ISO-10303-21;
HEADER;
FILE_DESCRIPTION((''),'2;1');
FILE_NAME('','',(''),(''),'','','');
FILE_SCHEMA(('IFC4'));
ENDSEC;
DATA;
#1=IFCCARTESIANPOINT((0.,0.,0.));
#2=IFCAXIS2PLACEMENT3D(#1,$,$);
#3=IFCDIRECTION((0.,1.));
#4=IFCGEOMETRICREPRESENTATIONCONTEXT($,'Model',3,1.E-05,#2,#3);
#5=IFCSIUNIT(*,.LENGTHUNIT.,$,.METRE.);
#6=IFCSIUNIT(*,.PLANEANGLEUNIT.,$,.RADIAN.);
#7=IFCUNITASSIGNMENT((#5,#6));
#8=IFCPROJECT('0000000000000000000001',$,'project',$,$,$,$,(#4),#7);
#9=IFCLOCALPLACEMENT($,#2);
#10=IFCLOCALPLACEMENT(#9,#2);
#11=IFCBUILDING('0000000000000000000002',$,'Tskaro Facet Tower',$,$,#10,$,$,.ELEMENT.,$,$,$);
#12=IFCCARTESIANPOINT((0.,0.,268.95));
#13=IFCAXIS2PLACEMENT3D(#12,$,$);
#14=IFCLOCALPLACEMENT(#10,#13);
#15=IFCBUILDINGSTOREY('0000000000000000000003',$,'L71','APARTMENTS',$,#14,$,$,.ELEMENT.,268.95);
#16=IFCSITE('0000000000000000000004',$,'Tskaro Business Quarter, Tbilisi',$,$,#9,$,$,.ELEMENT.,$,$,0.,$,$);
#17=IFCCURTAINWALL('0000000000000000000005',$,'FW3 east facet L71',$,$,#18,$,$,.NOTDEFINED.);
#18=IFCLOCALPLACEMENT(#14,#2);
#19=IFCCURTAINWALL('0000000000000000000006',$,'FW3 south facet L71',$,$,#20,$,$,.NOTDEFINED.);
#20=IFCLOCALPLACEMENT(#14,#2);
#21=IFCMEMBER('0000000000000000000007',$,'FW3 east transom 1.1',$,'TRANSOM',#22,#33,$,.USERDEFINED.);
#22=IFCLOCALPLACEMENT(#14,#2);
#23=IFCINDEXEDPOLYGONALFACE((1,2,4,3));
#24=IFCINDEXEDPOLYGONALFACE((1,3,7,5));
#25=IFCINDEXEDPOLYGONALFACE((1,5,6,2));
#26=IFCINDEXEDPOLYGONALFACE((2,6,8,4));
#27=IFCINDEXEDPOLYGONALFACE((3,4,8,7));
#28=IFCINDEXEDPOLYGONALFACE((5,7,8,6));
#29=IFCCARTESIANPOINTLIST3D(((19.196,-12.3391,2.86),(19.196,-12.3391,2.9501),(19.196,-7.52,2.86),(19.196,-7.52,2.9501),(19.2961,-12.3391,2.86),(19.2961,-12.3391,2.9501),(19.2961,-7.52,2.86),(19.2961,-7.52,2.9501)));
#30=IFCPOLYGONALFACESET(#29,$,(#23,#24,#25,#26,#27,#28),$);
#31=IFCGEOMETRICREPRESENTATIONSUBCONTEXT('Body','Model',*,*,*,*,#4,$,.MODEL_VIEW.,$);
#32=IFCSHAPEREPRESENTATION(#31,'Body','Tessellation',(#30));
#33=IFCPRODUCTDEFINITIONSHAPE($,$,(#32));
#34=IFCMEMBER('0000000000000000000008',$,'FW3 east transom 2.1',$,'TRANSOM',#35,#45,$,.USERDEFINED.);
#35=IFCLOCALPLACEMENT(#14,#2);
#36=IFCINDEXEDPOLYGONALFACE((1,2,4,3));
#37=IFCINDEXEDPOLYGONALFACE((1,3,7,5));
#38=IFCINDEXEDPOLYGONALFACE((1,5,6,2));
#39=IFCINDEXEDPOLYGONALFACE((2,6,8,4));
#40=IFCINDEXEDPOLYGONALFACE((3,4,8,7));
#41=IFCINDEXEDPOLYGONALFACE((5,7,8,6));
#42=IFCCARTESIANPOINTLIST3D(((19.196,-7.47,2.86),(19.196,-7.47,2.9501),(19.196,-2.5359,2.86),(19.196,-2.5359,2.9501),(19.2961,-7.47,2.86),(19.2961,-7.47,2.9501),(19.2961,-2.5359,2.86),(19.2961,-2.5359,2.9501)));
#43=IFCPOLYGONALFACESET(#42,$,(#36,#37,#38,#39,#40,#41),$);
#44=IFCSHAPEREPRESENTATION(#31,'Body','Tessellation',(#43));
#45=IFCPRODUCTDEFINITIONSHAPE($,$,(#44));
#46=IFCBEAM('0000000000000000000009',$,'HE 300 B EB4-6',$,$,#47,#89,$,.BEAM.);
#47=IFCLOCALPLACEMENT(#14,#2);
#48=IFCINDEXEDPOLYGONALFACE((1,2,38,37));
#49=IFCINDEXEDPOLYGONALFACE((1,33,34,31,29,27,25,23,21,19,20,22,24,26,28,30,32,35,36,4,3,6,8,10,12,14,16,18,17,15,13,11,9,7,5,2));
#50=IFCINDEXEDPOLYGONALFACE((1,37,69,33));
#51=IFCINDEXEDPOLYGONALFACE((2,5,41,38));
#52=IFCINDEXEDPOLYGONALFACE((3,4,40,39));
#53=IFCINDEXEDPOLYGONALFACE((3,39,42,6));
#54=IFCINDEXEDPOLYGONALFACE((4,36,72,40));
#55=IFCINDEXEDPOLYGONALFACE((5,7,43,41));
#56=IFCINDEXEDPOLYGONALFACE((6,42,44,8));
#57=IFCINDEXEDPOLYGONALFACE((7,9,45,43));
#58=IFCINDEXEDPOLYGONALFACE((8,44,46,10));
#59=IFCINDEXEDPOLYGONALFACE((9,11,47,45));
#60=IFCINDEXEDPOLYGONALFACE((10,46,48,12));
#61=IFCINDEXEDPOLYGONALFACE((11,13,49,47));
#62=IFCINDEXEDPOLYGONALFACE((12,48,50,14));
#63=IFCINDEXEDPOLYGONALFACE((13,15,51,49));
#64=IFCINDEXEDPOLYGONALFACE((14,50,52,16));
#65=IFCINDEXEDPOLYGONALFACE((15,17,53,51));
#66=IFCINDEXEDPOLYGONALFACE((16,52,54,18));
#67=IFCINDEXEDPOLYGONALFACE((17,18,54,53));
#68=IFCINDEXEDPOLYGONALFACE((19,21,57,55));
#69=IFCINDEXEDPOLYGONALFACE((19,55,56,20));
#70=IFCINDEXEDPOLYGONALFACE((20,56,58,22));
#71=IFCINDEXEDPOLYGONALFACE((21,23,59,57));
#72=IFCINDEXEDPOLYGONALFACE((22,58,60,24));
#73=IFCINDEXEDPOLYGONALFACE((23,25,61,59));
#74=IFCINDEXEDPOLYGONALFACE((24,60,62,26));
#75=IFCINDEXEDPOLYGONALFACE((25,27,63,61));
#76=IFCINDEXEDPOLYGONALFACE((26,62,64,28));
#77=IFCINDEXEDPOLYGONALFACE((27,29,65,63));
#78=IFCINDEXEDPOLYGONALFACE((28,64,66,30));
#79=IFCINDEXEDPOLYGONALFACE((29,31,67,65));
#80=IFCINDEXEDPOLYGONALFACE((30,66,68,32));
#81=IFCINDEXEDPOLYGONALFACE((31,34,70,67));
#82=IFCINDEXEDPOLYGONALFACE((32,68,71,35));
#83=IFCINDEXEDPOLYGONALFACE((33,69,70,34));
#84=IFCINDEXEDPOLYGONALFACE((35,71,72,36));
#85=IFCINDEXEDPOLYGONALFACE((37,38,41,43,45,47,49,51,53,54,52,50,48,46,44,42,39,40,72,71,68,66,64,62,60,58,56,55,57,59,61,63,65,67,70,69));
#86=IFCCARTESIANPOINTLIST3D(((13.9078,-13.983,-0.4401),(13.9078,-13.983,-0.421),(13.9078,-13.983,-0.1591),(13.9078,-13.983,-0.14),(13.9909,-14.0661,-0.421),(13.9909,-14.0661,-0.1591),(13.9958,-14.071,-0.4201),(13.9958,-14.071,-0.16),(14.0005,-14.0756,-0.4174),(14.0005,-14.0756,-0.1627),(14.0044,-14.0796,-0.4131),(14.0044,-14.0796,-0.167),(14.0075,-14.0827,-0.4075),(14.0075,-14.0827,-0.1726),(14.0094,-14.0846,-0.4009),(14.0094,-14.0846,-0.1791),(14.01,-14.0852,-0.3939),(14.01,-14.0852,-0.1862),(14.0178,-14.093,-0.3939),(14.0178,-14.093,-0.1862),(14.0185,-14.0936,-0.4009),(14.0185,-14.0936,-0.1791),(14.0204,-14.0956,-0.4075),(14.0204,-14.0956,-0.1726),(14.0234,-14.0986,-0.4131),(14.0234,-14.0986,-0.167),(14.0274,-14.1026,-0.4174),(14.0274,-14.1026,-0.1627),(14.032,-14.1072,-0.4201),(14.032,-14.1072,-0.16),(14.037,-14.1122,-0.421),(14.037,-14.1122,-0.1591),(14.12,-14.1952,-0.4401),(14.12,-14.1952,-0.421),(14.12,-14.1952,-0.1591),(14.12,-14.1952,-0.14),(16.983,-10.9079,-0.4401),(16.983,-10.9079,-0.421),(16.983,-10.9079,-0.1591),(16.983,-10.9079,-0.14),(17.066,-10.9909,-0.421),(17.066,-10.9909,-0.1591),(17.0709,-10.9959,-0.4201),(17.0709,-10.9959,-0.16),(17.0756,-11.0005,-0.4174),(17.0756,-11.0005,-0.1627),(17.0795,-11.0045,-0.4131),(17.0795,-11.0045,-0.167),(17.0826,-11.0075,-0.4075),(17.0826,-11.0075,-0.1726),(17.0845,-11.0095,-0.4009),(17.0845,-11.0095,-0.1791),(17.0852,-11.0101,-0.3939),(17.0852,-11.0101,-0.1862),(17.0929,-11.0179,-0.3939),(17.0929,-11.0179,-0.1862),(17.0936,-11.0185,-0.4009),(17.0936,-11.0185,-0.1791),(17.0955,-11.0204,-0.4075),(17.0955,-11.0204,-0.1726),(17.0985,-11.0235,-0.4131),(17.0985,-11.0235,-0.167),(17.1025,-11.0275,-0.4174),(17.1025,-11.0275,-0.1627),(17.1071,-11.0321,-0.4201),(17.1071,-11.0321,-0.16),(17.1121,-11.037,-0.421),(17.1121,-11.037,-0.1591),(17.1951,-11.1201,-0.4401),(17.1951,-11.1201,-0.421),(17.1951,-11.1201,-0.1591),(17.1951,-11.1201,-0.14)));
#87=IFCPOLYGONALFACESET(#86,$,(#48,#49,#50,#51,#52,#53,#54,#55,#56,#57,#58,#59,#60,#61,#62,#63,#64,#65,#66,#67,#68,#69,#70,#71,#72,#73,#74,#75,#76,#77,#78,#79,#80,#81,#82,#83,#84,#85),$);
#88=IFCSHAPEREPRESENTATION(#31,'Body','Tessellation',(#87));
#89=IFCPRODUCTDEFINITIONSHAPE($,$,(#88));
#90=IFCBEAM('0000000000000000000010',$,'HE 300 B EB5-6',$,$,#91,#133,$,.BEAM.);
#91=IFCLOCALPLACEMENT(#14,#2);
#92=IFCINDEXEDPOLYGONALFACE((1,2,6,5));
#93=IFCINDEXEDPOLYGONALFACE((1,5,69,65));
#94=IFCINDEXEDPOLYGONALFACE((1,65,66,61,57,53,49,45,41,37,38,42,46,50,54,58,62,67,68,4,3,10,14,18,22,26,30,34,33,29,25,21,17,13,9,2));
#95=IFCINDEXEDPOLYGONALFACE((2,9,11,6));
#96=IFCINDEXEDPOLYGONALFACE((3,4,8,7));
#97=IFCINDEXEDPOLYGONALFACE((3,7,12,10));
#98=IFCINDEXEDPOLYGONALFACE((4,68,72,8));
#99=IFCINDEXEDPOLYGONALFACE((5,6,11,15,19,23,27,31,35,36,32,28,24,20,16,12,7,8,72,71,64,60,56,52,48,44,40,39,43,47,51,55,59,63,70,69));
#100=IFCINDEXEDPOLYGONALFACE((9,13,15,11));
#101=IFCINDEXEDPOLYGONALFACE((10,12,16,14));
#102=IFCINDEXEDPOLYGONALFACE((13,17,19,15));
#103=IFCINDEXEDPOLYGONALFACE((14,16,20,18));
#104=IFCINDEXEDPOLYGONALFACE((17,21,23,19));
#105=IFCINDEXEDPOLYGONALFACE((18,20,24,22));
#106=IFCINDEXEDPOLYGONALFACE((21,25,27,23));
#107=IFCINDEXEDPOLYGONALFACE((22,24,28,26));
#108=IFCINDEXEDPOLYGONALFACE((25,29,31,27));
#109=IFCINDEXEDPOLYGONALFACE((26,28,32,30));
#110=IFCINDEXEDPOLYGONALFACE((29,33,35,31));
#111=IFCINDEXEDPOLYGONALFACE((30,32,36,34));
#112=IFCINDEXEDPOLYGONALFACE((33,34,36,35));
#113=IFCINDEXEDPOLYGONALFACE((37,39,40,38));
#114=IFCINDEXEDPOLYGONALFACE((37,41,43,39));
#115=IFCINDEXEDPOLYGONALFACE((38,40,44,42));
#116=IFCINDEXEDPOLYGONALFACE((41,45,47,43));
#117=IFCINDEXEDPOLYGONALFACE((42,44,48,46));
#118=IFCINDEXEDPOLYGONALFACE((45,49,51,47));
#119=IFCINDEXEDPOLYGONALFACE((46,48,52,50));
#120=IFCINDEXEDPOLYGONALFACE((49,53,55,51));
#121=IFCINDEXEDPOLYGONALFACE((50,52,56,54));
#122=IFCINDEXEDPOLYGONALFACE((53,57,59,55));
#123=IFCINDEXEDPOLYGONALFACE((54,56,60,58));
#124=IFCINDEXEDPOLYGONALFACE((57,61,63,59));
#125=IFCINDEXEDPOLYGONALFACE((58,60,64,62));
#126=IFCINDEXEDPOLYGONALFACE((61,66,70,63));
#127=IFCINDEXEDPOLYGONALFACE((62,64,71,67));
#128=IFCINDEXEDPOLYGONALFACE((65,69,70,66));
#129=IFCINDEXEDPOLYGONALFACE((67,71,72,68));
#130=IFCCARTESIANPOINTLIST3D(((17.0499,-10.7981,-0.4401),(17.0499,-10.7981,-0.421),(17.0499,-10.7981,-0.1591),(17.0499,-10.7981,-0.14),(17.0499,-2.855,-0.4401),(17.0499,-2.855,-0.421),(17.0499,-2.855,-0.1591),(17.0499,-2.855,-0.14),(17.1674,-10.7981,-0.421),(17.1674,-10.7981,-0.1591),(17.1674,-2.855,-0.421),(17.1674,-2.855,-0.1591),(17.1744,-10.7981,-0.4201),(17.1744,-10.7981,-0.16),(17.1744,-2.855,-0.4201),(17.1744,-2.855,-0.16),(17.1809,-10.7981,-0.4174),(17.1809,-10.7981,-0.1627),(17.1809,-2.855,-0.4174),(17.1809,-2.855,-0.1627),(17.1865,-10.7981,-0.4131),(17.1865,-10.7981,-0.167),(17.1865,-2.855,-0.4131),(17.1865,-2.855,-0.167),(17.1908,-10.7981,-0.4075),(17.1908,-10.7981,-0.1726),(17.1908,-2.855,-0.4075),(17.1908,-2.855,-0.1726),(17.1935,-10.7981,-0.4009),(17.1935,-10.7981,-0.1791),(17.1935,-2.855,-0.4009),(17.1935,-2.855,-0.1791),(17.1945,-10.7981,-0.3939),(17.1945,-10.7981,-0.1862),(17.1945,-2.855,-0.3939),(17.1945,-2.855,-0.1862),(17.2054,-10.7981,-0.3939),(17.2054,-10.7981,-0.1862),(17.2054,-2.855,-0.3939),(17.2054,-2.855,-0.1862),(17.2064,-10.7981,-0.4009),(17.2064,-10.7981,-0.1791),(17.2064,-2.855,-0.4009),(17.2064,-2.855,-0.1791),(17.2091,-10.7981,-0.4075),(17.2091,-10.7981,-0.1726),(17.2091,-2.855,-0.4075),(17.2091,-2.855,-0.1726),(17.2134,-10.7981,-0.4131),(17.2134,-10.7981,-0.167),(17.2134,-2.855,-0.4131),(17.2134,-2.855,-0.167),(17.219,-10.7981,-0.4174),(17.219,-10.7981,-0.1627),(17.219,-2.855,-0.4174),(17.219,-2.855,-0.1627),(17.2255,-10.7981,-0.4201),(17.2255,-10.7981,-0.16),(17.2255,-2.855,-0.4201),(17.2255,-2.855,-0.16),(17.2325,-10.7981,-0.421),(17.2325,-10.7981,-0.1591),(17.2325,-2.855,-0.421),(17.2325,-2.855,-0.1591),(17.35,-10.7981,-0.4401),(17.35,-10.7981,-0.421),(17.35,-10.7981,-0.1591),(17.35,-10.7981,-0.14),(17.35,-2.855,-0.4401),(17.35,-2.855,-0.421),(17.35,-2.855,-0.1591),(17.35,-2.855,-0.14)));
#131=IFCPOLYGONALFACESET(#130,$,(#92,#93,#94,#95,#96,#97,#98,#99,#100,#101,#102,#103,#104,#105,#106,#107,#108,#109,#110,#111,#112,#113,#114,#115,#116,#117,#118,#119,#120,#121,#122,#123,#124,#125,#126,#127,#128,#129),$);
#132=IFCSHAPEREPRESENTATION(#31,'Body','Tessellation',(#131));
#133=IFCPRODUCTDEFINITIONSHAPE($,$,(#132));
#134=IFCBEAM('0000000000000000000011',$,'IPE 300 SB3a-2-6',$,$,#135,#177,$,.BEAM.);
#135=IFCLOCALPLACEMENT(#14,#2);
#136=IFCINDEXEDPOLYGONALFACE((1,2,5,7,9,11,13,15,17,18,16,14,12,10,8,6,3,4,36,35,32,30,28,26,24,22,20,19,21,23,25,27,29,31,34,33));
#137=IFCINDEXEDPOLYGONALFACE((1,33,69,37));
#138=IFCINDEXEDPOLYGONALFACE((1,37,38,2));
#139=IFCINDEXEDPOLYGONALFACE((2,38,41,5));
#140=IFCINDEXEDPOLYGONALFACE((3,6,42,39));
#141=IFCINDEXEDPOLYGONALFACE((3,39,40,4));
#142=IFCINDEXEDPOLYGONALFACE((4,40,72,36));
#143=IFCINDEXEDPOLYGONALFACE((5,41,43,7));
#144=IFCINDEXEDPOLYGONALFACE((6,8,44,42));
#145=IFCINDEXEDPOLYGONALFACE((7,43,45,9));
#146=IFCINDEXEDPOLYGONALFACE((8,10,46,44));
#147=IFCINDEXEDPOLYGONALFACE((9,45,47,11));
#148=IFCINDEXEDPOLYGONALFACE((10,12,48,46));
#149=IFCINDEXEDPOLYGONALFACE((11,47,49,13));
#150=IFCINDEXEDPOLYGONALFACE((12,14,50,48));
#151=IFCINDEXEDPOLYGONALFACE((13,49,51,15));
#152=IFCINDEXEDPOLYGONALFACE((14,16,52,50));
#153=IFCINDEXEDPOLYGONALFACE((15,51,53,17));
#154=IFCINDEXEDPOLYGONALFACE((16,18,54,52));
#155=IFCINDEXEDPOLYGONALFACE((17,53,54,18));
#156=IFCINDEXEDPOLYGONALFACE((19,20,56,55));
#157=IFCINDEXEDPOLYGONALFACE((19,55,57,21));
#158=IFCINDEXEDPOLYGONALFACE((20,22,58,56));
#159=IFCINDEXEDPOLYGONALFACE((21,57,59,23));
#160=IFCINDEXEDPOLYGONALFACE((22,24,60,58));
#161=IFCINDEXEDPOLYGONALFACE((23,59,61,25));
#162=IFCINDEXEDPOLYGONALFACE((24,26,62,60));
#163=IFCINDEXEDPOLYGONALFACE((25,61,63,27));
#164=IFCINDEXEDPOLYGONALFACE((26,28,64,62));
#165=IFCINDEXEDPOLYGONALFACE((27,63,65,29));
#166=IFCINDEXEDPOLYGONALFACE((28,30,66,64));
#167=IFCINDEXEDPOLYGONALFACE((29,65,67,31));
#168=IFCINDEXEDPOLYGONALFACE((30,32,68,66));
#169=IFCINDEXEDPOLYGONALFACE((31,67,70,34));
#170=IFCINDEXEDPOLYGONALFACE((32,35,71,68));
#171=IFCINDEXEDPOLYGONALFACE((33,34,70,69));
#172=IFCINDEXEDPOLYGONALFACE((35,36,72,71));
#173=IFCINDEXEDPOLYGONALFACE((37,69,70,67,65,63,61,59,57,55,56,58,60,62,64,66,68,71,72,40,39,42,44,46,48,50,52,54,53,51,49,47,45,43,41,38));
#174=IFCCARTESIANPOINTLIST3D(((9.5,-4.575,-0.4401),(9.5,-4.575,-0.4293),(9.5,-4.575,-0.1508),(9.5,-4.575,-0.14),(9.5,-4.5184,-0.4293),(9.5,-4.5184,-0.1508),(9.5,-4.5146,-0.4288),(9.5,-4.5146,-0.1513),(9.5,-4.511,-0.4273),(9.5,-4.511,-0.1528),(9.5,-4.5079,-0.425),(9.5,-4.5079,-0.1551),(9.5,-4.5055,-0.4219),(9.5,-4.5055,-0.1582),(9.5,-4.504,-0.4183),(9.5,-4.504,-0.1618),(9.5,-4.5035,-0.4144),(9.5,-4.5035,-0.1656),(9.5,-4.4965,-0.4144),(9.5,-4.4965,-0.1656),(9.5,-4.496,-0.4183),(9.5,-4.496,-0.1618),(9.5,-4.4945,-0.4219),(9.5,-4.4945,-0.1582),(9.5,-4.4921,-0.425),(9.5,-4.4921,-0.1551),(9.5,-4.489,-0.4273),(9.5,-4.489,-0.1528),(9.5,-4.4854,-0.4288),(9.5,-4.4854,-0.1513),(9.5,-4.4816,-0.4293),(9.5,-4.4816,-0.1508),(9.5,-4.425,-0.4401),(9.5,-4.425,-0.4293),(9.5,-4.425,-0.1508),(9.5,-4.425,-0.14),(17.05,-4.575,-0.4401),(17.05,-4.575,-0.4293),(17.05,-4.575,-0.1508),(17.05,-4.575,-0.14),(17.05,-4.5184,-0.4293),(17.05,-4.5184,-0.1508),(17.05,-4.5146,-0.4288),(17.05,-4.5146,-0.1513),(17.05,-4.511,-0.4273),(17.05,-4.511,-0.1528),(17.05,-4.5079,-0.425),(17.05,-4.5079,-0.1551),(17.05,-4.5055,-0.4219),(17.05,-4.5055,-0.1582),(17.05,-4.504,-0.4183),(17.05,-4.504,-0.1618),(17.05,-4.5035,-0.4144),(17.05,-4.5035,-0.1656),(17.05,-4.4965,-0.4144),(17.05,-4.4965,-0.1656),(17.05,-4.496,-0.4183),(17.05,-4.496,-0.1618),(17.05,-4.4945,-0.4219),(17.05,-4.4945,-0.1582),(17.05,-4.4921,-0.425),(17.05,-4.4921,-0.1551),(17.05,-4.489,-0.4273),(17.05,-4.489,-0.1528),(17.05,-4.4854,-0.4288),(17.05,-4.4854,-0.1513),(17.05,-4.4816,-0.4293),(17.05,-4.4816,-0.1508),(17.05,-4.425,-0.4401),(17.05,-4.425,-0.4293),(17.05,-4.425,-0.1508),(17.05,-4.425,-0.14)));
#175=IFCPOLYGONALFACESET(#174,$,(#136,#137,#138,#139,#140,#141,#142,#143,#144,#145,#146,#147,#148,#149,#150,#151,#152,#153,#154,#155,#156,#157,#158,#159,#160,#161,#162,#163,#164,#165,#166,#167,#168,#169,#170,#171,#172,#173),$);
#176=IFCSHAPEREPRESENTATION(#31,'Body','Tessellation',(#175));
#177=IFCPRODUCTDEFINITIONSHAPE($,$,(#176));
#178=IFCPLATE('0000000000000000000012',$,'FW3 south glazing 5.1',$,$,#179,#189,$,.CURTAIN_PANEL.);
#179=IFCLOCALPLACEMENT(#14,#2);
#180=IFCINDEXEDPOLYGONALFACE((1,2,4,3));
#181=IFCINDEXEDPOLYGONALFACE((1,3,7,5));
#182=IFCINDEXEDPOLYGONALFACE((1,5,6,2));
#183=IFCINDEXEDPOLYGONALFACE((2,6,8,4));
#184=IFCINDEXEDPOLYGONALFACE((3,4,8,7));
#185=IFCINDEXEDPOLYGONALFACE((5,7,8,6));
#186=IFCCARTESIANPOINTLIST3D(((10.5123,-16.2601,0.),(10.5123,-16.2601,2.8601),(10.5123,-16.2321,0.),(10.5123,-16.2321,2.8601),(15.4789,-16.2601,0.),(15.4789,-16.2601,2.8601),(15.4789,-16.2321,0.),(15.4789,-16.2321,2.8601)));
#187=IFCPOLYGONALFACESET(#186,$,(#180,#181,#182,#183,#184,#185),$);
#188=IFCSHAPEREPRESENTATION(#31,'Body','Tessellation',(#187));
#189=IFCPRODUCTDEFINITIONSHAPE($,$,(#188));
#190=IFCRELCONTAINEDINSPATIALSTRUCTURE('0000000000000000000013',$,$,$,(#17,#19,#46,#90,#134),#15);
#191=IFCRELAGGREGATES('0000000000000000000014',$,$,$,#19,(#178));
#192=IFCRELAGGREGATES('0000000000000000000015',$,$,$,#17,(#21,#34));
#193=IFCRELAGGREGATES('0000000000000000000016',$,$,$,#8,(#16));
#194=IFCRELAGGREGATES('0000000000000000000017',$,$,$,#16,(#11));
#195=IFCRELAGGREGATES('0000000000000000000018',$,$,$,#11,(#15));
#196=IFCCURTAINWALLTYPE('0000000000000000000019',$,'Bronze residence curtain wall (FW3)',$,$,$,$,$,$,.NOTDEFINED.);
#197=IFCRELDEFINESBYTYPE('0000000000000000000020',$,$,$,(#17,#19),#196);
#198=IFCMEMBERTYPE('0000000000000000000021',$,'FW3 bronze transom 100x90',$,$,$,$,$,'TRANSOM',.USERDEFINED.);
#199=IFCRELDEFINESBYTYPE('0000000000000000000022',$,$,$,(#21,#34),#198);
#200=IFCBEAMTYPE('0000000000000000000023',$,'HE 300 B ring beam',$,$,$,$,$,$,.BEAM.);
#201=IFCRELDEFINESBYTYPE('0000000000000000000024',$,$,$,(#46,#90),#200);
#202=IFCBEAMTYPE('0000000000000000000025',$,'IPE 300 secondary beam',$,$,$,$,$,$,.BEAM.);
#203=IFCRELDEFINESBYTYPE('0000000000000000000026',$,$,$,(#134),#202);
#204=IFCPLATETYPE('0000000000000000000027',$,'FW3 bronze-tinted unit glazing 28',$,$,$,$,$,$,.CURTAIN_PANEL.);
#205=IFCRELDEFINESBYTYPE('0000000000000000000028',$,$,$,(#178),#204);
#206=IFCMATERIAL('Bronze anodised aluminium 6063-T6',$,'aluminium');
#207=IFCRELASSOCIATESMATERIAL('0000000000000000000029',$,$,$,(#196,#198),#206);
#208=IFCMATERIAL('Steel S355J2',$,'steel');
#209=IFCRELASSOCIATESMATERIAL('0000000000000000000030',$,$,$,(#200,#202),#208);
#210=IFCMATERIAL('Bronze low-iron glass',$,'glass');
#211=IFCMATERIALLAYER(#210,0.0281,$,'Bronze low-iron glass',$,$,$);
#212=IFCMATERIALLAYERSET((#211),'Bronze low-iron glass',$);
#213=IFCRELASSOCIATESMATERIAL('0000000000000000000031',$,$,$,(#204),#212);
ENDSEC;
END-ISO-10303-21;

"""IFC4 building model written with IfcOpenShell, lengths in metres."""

from ifc_helpers import new_model, si_unit, direction, frame, origin, origin_2d, place, context, subcontext, project, spatial, rectangle, i_section, extrude, material, layer, layer_set, material_profile, profile_set, type_object, element, aggregate, save


model = new_model("IFC4")

# Units and contexts
model_context = context("Model", 3, precision=1e-05, world=origin(), true_north=direction((0.0, 1.0)))
body_context = subcontext(model_context, "Body", "Model", "MODEL_VIEW")
ifc_project = project(units=[si_unit("LENGTHUNIT", "METRE"), si_unit("PLANEANGLEUNIT", "RADIAN")], contexts=[model_context])

# Site, building, storey
site_placement = place(None, origin())
site = spatial("IfcSite", under=ifc_project, at=site_placement, Name="Tskaro Business Quarter, Tbilisi", CompositionType="ELEMENT", RefElevation=0.0)
building_placement = place(site_placement, origin())
building = spatial("IfcBuilding", under=site, at=building_placement, Name="Tskaro Facet Tower", CompositionType="ELEMENT")
storey_placement = place(building_placement, frame((0.0, 0.0, 268.95)))
storey = spatial("IfcBuildingStorey", under=building, at=storey_placement, Name="L71", Description="APARTMENTS", CompositionType="ELEMENT", Elevation=268.95)

# Shared definitions
ifc_material_1 = material(Name="Steel S355J2", Category="steel")

# Curtain walls
ifc_material_2 = material(Name="Bronze anodised aluminium 6063-T6", Category="aluminium")
curtain_wall_type = type_object("IfcCurtainWallType", Name="Bronze residence curtain wall (FW3)", PredefinedType="NOTDEFINED", material=ifc_material_2)
curtain_wall_1_placement = place(storey_placement, origin())
curtain_wall_1 = element("IfcCurtainWall", 1, at=curtain_wall_1_placement, inside=storey, type_object=curtain_wall_type, Name="FW3 east facet L71", PredefinedType="NOTDEFINED")
curtain_wall_2_placement = place(storey_placement, origin())
curtain_wall_2 = element("IfcCurtainWall", 2, at=curtain_wall_2_placement, inside=storey, type_object=curtain_wall_type, Name="FW3 south facet L71", PredefinedType="NOTDEFINED")

# Members
ifc_material_profile_1 = material_profile(ifc_material_2, rectangle(XDim=0.1001, YDim=0.0901, at=origin_2d()), Name="Transom 100x90")
ifc_profile_set_1 = profile_set([ifc_material_profile_1], Name="Bronze anodised aluminium 6063-T6")
member_type_1 = type_object("IfcMemberType", Name="FW3 bronze transom 100x90", ElementType="TRANSOM", PredefinedType="USERDEFINED", material=ifc_profile_set_1)
member_1_placement = place(storey_placement, frame((19.2461, -12.3391, 2.905), z_axis=(0.0, 1.0, 0.0), x_axis=(-1.0, 0.0, 0.0)))
member_1 = element("IfcMember", 3, at=member_1_placement, type_object=member_type_1, Name="FW3 east transom 1.1", ObjectType="TRANSOM", PredefinedType="USERDEFINED", context=body_context, shape_type="SweptSolid", body=[
    extrude(rectangle(XDim=0.1001, YDim=0.0901, at=origin_2d()), origin(), (0.0, 0.0, 1.0), 4.8191),
])
member_2_placement = place(storey_placement, frame((19.2461, -7.47, 2.905), z_axis=(0.0, 1.0, 0.0), x_axis=(-1.0, 0.0, 0.0)))
member_2 = element("IfcMember", 4, at=member_2_placement, type_object=member_type_1, Name="FW3 east transom 2.1", ObjectType="TRANSOM", PredefinedType="USERDEFINED", context=body_context, shape_type="SweptSolid", body=[
    extrude(rectangle(XDim=0.1001, YDim=0.0901, at=origin_2d()), origin(), (0.0, 0.0, 1.0), 4.9341),
])

# Beams
ifc_material_profile_2 = material_profile(ifc_material_1, i_section(OverallWidth=0.3, OverallDepth=0.3, WebThickness=0.011, FlangeThickness=0.019, FilletRadius=0.0271, at=origin_2d()), Name="HE 300 B")
ifc_profile_set_2 = profile_set([ifc_material_profile_2], Name="Steel S355J2")
beam_type_1 = type_object("IfcBeamType", Name="HE 300 B ring beam", PredefinedType="BEAM", material=ifc_profile_set_2)
beam_1_placement = place(storey_placement, frame((14.0139, -14.0891, -0.29), z_axis=(0.707107, 0.707107, 0.0), x_axis=(-0.707107, 0.707107, 0.0)))
element("IfcBeam", 5, at=beam_1_placement, inside=storey, type_object=beam_type_1, Name="HE 300 B EB4-6", PredefinedType="BEAM", context=body_context, shape_type="SweptSolid", body=[
    extrude(i_section(OverallWidth=0.3, OverallDepth=0.3, WebThickness=0.011, FlangeThickness=0.019, FilletRadius=0.0271, at=origin_2d()), origin(), (0.0, 0.0, 1.0), 4.3489),
])
beam_2_placement = place(storey_placement, frame((17.2, -10.7981, -0.29), z_axis=(0.0, 1.0, 0.0), x_axis=(-1.0, 0.0, 0.0)))
element("IfcBeam", 6, at=beam_2_placement, inside=storey, type_object=beam_type_1, Name="HE 300 B EB5-6", PredefinedType="BEAM", context=body_context, shape_type="SweptSolid", body=[
    extrude(i_section(OverallWidth=0.3, OverallDepth=0.3, WebThickness=0.011, FlangeThickness=0.019, FilletRadius=0.0271, at=origin_2d()), origin(), (0.0, 0.0, 1.0), 7.9431),
])
ifc_material_profile_3 = material_profile(ifc_material_1, i_section(OverallWidth=0.1499, OverallDepth=0.3, WebThickness=0.0071, FlangeThickness=0.0107, FilletRadius=0.0149, at=origin_2d()), Name="IPE 300")
ifc_profile_set_3 = profile_set([ifc_material_profile_3], Name="Steel S355J2")
beam_type_2 = type_object("IfcBeamType", Name="IPE 300 secondary beam", PredefinedType="BEAM", material=ifc_profile_set_3)
beam_3_placement = place(storey_placement, frame((9.5, -4.5, -0.29), z_axis=(1.0, 0.0, 0.0), x_axis=(0.0, 1.0, 0.0)))
element("IfcBeam", 7, at=beam_3_placement, inside=storey, type_object=beam_type_2, Name="IPE 300 SB3a-2-6", PredefinedType="BEAM", context=body_context, shape_type="SweptSolid", body=[
    extrude(i_section(OverallWidth=0.1499, OverallDepth=0.3, WebThickness=0.0071, FlangeThickness=0.0107, FilletRadius=0.0149, at=origin_2d()), origin(), (0.0, 0.0, 1.0), 7.55),
])

# Plate
ifc_material_3 = material(Name="Bronze low-iron glass", Category="glass")
ifc_layer_1 = layer(ifc_material_3, 0.0281, Name="Bronze low-iron glass")
ifc_layer_set_1 = layer_set([ifc_layer_1], Name="Bronze low-iron glass")
plate_type = type_object("IfcPlateType", Name="FW3 bronze-tinted unit glazing 28", PredefinedType="CURTAIN_PANEL", material=ifc_layer_set_1)
plate_1_placement = place(storey_placement, frame((12.9956, -16.2461, 0.0), z_axis=(0.0, 0.0, 1.0), x_axis=(1.0, 0.0, 0.0)))
plate_1 = element("IfcPlate", 8, at=plate_1_placement, type_object=plate_type, Name="FW3 south glazing 5.1", PredefinedType="CURTAIN_PANEL", context=body_context, shape_type="SweptSolid", body=[
    extrude(rectangle(XDim=4.9666, YDim=0.0281, at=origin_2d()), origin(), (0.0, 0.0, 1.0), 2.8601),
])
aggregate(curtain_wall_2, [plate_1])
aggregate(curtain_wall_1, [member_1, member_2])

save(model, "model.ifc")
